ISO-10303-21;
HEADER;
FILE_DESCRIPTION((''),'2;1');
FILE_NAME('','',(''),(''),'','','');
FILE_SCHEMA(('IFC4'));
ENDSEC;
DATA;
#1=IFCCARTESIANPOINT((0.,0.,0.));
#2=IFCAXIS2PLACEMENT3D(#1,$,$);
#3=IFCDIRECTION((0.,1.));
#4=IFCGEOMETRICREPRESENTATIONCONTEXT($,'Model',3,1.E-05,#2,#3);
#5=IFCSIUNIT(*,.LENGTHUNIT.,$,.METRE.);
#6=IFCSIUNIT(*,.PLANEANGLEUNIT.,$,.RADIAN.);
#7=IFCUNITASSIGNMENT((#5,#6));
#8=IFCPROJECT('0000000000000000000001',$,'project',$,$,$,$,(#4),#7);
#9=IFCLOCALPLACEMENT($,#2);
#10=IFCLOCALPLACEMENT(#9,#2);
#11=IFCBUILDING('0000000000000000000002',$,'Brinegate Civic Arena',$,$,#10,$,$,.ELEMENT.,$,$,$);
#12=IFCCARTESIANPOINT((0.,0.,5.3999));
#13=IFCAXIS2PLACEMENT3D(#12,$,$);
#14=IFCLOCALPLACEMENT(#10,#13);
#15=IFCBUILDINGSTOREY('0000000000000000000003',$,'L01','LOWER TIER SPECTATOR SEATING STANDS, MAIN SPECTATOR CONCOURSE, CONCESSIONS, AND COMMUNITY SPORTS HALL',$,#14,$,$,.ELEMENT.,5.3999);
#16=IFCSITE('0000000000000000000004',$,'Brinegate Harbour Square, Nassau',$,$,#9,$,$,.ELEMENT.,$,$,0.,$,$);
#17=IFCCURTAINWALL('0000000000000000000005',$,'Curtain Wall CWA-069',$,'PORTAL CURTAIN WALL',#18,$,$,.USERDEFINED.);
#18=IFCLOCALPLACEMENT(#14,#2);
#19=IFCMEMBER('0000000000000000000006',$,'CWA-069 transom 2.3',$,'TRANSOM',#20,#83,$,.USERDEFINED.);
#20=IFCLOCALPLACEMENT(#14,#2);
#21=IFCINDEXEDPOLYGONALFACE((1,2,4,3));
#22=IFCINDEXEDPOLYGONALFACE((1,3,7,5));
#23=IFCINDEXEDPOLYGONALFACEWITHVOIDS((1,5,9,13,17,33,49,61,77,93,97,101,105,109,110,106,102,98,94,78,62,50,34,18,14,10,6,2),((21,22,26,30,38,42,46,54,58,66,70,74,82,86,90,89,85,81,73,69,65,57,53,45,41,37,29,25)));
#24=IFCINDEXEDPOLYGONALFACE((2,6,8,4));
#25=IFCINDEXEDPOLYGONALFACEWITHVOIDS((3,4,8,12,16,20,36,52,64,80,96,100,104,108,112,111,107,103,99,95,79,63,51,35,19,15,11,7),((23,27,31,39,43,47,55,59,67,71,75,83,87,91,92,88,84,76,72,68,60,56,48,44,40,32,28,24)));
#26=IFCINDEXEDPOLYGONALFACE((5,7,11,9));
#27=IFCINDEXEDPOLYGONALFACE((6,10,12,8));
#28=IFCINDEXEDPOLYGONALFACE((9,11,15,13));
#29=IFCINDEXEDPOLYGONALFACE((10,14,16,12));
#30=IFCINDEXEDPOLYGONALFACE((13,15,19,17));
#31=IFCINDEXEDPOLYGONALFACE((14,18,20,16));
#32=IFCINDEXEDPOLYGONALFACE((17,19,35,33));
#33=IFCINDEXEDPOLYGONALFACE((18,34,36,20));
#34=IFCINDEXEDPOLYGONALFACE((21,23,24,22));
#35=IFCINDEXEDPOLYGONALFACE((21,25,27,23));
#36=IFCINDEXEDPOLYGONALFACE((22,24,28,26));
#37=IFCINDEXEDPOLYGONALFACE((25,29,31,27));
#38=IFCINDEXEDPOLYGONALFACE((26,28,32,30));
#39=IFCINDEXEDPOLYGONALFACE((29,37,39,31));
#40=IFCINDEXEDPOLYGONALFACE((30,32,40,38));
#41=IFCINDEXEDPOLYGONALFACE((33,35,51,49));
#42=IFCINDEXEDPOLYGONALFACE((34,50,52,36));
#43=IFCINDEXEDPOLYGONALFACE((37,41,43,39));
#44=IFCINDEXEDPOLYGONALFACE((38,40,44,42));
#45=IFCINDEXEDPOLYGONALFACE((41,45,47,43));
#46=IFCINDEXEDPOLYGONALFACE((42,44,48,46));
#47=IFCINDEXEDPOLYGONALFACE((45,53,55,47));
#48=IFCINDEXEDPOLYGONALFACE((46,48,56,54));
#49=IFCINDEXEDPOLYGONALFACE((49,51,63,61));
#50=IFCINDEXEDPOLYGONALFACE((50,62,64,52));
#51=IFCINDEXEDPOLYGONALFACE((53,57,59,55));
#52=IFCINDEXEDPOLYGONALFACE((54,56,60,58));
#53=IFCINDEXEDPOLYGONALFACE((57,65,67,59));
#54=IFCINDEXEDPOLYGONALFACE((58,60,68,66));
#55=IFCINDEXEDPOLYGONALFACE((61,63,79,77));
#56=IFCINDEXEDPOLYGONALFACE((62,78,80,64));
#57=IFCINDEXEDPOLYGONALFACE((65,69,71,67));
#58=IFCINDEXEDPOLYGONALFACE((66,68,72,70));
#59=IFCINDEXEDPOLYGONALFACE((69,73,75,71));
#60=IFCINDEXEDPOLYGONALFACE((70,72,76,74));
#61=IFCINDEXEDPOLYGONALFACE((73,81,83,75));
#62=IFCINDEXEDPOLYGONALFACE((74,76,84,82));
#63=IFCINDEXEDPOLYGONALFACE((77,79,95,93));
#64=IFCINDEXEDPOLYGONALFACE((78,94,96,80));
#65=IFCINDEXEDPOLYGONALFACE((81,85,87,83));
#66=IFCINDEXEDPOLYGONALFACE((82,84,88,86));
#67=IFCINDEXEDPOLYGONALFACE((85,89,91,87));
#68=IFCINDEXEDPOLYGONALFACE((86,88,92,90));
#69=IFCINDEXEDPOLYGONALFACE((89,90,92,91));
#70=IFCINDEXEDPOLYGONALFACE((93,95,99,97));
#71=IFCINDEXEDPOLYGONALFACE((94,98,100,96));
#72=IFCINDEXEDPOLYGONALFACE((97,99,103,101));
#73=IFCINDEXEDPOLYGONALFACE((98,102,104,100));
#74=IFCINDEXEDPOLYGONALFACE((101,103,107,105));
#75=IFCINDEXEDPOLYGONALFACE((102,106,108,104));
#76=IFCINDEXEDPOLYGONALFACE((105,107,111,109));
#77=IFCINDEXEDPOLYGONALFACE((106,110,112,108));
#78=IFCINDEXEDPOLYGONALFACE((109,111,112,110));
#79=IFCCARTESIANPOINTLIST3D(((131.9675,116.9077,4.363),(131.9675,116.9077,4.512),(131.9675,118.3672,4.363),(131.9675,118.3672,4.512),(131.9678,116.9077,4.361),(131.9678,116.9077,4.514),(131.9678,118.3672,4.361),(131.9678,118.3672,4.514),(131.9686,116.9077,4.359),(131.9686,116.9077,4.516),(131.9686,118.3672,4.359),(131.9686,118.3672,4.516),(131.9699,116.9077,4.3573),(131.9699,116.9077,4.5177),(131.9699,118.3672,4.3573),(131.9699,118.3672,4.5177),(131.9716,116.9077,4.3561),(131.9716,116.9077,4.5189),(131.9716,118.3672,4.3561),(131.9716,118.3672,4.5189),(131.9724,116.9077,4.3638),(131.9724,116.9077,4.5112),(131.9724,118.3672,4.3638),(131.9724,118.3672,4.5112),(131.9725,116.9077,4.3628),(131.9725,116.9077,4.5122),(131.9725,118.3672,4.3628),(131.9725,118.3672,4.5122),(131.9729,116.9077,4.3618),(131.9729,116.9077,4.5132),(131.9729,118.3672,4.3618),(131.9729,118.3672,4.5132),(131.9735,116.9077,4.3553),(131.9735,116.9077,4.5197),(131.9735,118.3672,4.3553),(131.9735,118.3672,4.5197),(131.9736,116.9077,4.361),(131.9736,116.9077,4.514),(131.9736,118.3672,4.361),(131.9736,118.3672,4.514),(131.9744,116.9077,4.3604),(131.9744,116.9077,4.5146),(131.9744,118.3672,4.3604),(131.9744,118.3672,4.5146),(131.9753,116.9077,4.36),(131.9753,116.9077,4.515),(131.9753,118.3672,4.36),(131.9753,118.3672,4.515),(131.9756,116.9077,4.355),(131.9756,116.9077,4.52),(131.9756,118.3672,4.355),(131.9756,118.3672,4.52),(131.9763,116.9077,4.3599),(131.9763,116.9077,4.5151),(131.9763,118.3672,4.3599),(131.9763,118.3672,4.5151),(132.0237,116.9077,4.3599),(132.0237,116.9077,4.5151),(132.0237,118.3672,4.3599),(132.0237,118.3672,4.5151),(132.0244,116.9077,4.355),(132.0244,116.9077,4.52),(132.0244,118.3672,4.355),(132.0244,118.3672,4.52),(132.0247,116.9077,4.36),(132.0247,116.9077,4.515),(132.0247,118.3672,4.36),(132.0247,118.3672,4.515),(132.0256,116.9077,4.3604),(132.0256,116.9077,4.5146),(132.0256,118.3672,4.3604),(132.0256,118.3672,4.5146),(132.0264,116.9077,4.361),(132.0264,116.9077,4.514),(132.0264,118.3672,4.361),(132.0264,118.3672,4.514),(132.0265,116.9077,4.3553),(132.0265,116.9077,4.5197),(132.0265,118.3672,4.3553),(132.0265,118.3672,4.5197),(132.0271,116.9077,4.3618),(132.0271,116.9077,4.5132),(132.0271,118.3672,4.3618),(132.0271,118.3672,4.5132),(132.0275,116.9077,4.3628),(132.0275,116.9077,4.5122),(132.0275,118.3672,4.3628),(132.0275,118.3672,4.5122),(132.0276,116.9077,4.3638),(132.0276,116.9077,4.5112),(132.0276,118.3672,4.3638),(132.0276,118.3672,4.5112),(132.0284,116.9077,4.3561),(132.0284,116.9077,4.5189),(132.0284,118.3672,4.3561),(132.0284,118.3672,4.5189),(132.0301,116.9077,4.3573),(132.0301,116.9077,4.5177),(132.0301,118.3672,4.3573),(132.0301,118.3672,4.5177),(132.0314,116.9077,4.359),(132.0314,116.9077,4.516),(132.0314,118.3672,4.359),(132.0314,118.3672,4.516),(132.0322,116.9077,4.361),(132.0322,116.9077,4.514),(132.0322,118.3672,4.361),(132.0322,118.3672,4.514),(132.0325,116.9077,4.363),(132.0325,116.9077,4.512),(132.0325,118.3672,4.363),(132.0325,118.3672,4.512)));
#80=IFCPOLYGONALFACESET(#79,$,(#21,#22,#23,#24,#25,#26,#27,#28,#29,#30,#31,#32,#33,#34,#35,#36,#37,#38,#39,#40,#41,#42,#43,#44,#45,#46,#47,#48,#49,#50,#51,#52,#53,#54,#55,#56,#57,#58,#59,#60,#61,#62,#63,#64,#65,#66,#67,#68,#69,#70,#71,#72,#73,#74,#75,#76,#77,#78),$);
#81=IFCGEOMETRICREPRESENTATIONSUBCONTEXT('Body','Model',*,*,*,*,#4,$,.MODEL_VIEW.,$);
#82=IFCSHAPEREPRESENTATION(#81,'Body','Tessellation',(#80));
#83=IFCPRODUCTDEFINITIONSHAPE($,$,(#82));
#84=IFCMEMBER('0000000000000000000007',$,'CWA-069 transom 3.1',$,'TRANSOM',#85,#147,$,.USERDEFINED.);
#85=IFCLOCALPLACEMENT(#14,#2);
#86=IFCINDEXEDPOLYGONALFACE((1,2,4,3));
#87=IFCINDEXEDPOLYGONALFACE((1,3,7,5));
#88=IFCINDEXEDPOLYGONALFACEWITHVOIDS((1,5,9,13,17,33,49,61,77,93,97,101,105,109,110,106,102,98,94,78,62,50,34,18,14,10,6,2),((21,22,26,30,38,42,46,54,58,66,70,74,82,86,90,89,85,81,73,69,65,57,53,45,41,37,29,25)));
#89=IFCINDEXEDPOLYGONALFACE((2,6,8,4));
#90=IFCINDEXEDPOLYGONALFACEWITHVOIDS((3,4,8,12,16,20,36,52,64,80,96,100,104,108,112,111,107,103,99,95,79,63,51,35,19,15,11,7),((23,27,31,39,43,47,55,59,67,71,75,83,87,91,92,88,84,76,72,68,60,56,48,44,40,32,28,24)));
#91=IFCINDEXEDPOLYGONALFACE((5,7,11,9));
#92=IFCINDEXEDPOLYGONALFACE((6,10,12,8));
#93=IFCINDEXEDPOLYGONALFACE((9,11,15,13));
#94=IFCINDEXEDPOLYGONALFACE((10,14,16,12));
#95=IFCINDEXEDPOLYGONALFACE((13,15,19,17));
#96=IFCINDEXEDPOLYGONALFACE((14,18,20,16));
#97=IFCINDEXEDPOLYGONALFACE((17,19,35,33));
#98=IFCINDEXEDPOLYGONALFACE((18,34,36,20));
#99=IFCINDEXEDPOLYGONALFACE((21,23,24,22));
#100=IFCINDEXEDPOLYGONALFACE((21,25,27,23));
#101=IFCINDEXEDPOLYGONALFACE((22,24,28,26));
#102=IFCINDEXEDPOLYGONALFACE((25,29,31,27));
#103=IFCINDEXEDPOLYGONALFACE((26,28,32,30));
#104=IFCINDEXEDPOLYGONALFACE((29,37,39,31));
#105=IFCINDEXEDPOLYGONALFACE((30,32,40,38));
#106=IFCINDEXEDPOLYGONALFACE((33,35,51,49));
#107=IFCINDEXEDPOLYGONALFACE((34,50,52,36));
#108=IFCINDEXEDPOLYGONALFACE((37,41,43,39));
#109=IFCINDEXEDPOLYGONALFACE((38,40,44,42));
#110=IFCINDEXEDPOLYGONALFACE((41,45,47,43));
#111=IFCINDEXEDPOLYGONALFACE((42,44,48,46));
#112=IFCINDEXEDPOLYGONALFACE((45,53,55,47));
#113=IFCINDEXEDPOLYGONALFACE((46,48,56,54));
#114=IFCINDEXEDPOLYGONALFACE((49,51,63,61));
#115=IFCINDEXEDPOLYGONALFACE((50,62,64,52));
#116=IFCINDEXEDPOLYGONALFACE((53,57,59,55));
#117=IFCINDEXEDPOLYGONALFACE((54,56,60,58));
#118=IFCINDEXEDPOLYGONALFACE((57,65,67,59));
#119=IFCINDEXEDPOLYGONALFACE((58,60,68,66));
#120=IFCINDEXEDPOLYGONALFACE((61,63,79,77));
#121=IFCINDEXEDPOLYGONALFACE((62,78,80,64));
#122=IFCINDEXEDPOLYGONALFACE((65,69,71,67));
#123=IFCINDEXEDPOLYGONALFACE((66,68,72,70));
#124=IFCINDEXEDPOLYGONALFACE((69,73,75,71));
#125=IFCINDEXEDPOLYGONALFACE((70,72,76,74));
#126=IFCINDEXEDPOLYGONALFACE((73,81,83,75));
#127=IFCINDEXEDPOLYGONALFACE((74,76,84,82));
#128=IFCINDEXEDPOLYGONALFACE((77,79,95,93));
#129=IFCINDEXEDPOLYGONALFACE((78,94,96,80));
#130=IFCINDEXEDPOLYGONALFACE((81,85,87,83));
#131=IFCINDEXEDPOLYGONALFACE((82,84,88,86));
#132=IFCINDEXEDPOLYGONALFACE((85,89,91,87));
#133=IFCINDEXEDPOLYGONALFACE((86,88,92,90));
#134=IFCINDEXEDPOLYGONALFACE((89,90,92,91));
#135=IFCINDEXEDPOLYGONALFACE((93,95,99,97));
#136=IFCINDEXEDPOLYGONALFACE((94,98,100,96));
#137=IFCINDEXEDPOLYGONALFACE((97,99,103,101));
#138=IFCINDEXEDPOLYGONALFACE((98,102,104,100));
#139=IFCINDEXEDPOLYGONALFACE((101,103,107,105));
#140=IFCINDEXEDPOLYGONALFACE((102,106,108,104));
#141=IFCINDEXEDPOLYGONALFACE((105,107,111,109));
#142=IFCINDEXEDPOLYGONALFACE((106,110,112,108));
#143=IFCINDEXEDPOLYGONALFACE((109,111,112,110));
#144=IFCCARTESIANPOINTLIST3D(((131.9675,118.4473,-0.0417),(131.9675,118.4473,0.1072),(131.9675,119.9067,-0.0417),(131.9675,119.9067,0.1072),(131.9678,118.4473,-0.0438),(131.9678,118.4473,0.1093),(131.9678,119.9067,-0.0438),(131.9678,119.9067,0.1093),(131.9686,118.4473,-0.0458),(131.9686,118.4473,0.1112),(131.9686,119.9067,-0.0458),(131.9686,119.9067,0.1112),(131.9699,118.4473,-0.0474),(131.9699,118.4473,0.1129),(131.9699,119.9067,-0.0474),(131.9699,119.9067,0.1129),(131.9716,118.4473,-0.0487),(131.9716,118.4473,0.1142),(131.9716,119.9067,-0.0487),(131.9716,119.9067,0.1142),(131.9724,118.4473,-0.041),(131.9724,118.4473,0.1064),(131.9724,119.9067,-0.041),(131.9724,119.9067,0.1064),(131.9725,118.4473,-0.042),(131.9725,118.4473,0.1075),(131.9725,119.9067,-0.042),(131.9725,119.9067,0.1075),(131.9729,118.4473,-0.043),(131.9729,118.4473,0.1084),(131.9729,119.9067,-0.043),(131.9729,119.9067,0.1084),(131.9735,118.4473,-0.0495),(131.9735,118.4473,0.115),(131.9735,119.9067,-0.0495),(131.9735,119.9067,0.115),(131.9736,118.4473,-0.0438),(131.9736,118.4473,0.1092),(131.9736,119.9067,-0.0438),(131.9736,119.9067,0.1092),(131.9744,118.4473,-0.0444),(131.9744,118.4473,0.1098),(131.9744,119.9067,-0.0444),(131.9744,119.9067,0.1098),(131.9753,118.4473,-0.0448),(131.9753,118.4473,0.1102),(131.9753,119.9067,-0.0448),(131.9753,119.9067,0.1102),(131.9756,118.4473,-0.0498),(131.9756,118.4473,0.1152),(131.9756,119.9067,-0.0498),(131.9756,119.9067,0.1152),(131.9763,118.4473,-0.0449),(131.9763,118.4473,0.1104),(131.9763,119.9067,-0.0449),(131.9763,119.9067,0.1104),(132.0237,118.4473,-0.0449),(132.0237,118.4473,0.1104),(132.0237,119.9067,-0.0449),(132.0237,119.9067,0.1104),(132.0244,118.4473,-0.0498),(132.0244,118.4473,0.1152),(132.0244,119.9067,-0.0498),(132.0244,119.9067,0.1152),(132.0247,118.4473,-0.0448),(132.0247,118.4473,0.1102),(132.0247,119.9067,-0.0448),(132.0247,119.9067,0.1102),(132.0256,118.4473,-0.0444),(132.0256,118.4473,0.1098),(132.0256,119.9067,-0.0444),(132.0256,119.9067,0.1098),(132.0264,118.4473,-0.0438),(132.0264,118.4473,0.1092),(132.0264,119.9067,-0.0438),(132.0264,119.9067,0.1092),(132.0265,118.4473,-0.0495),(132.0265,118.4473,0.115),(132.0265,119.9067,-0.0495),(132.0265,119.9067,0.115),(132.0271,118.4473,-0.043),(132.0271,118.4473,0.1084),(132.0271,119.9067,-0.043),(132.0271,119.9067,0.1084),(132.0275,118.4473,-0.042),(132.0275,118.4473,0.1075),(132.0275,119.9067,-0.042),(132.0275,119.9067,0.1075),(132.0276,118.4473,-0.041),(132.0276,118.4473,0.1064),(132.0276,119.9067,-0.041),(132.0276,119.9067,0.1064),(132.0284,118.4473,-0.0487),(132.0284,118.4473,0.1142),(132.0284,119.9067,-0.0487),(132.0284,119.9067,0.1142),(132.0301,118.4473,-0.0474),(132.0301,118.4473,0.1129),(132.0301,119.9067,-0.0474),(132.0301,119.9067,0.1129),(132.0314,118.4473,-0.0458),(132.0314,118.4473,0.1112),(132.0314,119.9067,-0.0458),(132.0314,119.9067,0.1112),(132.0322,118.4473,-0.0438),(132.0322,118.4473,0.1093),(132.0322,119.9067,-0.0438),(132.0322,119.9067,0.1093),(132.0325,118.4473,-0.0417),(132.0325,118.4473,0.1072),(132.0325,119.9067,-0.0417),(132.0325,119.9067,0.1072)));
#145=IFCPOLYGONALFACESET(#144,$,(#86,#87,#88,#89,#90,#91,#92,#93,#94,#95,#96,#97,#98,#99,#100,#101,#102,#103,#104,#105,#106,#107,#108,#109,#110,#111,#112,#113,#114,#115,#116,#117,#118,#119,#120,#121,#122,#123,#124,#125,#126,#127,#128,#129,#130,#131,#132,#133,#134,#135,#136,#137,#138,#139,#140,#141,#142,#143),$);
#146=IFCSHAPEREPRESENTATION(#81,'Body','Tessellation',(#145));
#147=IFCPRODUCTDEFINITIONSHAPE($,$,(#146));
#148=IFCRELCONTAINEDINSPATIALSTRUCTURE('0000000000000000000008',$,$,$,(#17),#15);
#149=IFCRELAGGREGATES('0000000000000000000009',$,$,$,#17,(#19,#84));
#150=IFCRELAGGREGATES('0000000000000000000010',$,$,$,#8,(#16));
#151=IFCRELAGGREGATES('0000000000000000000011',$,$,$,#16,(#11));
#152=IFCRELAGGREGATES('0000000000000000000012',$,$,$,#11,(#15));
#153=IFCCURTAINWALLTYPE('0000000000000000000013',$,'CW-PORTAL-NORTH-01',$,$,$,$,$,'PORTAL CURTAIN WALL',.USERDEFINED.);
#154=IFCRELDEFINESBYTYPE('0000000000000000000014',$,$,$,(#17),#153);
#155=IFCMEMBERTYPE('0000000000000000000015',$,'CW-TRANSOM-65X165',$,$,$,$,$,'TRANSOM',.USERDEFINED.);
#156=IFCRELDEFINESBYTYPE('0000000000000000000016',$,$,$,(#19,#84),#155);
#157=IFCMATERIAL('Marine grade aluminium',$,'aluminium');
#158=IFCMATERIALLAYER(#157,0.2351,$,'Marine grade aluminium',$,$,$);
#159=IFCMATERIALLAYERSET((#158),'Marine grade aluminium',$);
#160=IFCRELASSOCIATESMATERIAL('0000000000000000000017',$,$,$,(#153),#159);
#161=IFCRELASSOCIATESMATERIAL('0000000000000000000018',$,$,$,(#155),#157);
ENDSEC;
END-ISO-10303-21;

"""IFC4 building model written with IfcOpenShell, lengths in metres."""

from ifc_helpers import new_model, si_unit, direction, frame, origin, origin_2d, place, context, subcontext, project, spatial, hollow_rectangle, extrude, material, layer, layer_set, material_profile, profile_set, type_object, element, aggregate, save


model = new_model("IFC4")

# Units and contexts
model_context = context("Model", 3, precision=1e-05, world=origin(), true_north=direction((0.0, 1.0)))
body_context = subcontext(model_context, "Body", "Model", "MODEL_VIEW")
ifc_project = project(units=[si_unit("LENGTHUNIT", "METRE"), si_unit("PLANEANGLEUNIT", "RADIAN")], contexts=[model_context])

# Site, building, storey
site_placement = place(None, origin())
site = spatial("IfcSite", under=ifc_project, at=site_placement, Name="Brinegate Harbour Square, Nassau", CompositionType="ELEMENT", RefElevation=0.0)
building_placement = place(site_placement, origin())
building = spatial("IfcBuilding", under=site, at=building_placement, Name="Brinegate Civic Arena", CompositionType="ELEMENT")
storey_placement = place(building_placement, frame((0.0, 0.0, 5.3999)))
storey = spatial("IfcBuildingStorey", under=building, at=storey_placement, Name="L01", Description="LOWER TIER SPECTATOR SEATING STANDS, MAIN SPECTATOR CONCOURSE, CONCESSIONS, AND COMMUNITY SPORTS HALL", CompositionType="ELEMENT", Elevation=5.3999)

# Curtain wall, members
ifc_material_1 = material(Name="Marine grade aluminium", Category="aluminium")
ifc_layer_1 = layer(ifc_material_1, 0.2351, Name="Marine grade aluminium")
ifc_layer_set_1 = layer_set([ifc_layer_1], Name="Marine grade aluminium")
curtain_wall_type = type_object("IfcCurtainWallType", Name="CW-PORTAL-NORTH-01", ElementType="PORTAL CURTAIN WALL", PredefinedType="USERDEFINED", material=ifc_layer_set_1)
curtain_wall_placement = place(storey_placement, origin())
curtain_wall = element("IfcCurtainWall", 1, at=curtain_wall_placement, inside=storey, type_object=curtain_wall_type, Name="Curtain Wall CWA-069", ObjectType="PORTAL CURTAIN WALL", PredefinedType="USERDEFINED")
ifc_material_profile_1 = material_profile(ifc_material_1, hollow_rectangle(XDim=0.0649, YDim=0.165, WallThickness=0.0049, InnerFilletRadius=0.0039, OuterFilletRadius=0.0081, at=origin_2d()), Name="TRN65X165")
ifc_profile_set_1 = profile_set([ifc_material_profile_1], Name="Marine grade aluminium")
member_type_1 = type_object("IfcMemberType", Name="CW-TRANSOM-65X165", ElementType="TRANSOM", PredefinedType="USERDEFINED", material=ifc_profile_set_1)
member_1_placement = place(storey_placement, frame((132.0, 116.9077, 4.4375), z_axis=(0.0, 1.0, 0.0), x_axis=(-1.0, 0.0, 0.0)))
member_1 = element("IfcMember", 2, at=member_1_placement, type_object=member_type_1, Name="CWA-069 transom 2.3", ObjectType="TRANSOM", PredefinedType="USERDEFINED", context=body_context, shape_type="SweptSolid", body=[
    extrude(hollow_rectangle(XDim=0.0649, YDim=0.165, WallThickness=0.0049, InnerFilletRadius=0.0039, OuterFilletRadius=0.0081, at=origin_2d()), origin(), (0.0, 0.0, 1.0), 1.4595),
])
member_2_placement = place(storey_placement, frame((132.0, 118.4473, 0.0327), z_axis=(0.0, 1.0, 0.0), x_axis=(-1.0, 0.0, 0.0)))
member_2 = element("IfcMember", 3, at=member_2_placement, type_object=member_type_1, Name="CWA-069 transom 3.1", ObjectType="TRANSOM", PredefinedType="USERDEFINED", context=body_context, shape_type="SweptSolid", body=[
    extrude(hollow_rectangle(XDim=0.0649, YDim=0.165, WallThickness=0.0049, InnerFilletRadius=0.0039, OuterFilletRadius=0.0081, at=origin_2d()), origin(), (0.0, 0.0, 1.0), 1.4595),
])
aggregate(curtain_wall, [member_1, member_2])

save(model, "model.ifc")
